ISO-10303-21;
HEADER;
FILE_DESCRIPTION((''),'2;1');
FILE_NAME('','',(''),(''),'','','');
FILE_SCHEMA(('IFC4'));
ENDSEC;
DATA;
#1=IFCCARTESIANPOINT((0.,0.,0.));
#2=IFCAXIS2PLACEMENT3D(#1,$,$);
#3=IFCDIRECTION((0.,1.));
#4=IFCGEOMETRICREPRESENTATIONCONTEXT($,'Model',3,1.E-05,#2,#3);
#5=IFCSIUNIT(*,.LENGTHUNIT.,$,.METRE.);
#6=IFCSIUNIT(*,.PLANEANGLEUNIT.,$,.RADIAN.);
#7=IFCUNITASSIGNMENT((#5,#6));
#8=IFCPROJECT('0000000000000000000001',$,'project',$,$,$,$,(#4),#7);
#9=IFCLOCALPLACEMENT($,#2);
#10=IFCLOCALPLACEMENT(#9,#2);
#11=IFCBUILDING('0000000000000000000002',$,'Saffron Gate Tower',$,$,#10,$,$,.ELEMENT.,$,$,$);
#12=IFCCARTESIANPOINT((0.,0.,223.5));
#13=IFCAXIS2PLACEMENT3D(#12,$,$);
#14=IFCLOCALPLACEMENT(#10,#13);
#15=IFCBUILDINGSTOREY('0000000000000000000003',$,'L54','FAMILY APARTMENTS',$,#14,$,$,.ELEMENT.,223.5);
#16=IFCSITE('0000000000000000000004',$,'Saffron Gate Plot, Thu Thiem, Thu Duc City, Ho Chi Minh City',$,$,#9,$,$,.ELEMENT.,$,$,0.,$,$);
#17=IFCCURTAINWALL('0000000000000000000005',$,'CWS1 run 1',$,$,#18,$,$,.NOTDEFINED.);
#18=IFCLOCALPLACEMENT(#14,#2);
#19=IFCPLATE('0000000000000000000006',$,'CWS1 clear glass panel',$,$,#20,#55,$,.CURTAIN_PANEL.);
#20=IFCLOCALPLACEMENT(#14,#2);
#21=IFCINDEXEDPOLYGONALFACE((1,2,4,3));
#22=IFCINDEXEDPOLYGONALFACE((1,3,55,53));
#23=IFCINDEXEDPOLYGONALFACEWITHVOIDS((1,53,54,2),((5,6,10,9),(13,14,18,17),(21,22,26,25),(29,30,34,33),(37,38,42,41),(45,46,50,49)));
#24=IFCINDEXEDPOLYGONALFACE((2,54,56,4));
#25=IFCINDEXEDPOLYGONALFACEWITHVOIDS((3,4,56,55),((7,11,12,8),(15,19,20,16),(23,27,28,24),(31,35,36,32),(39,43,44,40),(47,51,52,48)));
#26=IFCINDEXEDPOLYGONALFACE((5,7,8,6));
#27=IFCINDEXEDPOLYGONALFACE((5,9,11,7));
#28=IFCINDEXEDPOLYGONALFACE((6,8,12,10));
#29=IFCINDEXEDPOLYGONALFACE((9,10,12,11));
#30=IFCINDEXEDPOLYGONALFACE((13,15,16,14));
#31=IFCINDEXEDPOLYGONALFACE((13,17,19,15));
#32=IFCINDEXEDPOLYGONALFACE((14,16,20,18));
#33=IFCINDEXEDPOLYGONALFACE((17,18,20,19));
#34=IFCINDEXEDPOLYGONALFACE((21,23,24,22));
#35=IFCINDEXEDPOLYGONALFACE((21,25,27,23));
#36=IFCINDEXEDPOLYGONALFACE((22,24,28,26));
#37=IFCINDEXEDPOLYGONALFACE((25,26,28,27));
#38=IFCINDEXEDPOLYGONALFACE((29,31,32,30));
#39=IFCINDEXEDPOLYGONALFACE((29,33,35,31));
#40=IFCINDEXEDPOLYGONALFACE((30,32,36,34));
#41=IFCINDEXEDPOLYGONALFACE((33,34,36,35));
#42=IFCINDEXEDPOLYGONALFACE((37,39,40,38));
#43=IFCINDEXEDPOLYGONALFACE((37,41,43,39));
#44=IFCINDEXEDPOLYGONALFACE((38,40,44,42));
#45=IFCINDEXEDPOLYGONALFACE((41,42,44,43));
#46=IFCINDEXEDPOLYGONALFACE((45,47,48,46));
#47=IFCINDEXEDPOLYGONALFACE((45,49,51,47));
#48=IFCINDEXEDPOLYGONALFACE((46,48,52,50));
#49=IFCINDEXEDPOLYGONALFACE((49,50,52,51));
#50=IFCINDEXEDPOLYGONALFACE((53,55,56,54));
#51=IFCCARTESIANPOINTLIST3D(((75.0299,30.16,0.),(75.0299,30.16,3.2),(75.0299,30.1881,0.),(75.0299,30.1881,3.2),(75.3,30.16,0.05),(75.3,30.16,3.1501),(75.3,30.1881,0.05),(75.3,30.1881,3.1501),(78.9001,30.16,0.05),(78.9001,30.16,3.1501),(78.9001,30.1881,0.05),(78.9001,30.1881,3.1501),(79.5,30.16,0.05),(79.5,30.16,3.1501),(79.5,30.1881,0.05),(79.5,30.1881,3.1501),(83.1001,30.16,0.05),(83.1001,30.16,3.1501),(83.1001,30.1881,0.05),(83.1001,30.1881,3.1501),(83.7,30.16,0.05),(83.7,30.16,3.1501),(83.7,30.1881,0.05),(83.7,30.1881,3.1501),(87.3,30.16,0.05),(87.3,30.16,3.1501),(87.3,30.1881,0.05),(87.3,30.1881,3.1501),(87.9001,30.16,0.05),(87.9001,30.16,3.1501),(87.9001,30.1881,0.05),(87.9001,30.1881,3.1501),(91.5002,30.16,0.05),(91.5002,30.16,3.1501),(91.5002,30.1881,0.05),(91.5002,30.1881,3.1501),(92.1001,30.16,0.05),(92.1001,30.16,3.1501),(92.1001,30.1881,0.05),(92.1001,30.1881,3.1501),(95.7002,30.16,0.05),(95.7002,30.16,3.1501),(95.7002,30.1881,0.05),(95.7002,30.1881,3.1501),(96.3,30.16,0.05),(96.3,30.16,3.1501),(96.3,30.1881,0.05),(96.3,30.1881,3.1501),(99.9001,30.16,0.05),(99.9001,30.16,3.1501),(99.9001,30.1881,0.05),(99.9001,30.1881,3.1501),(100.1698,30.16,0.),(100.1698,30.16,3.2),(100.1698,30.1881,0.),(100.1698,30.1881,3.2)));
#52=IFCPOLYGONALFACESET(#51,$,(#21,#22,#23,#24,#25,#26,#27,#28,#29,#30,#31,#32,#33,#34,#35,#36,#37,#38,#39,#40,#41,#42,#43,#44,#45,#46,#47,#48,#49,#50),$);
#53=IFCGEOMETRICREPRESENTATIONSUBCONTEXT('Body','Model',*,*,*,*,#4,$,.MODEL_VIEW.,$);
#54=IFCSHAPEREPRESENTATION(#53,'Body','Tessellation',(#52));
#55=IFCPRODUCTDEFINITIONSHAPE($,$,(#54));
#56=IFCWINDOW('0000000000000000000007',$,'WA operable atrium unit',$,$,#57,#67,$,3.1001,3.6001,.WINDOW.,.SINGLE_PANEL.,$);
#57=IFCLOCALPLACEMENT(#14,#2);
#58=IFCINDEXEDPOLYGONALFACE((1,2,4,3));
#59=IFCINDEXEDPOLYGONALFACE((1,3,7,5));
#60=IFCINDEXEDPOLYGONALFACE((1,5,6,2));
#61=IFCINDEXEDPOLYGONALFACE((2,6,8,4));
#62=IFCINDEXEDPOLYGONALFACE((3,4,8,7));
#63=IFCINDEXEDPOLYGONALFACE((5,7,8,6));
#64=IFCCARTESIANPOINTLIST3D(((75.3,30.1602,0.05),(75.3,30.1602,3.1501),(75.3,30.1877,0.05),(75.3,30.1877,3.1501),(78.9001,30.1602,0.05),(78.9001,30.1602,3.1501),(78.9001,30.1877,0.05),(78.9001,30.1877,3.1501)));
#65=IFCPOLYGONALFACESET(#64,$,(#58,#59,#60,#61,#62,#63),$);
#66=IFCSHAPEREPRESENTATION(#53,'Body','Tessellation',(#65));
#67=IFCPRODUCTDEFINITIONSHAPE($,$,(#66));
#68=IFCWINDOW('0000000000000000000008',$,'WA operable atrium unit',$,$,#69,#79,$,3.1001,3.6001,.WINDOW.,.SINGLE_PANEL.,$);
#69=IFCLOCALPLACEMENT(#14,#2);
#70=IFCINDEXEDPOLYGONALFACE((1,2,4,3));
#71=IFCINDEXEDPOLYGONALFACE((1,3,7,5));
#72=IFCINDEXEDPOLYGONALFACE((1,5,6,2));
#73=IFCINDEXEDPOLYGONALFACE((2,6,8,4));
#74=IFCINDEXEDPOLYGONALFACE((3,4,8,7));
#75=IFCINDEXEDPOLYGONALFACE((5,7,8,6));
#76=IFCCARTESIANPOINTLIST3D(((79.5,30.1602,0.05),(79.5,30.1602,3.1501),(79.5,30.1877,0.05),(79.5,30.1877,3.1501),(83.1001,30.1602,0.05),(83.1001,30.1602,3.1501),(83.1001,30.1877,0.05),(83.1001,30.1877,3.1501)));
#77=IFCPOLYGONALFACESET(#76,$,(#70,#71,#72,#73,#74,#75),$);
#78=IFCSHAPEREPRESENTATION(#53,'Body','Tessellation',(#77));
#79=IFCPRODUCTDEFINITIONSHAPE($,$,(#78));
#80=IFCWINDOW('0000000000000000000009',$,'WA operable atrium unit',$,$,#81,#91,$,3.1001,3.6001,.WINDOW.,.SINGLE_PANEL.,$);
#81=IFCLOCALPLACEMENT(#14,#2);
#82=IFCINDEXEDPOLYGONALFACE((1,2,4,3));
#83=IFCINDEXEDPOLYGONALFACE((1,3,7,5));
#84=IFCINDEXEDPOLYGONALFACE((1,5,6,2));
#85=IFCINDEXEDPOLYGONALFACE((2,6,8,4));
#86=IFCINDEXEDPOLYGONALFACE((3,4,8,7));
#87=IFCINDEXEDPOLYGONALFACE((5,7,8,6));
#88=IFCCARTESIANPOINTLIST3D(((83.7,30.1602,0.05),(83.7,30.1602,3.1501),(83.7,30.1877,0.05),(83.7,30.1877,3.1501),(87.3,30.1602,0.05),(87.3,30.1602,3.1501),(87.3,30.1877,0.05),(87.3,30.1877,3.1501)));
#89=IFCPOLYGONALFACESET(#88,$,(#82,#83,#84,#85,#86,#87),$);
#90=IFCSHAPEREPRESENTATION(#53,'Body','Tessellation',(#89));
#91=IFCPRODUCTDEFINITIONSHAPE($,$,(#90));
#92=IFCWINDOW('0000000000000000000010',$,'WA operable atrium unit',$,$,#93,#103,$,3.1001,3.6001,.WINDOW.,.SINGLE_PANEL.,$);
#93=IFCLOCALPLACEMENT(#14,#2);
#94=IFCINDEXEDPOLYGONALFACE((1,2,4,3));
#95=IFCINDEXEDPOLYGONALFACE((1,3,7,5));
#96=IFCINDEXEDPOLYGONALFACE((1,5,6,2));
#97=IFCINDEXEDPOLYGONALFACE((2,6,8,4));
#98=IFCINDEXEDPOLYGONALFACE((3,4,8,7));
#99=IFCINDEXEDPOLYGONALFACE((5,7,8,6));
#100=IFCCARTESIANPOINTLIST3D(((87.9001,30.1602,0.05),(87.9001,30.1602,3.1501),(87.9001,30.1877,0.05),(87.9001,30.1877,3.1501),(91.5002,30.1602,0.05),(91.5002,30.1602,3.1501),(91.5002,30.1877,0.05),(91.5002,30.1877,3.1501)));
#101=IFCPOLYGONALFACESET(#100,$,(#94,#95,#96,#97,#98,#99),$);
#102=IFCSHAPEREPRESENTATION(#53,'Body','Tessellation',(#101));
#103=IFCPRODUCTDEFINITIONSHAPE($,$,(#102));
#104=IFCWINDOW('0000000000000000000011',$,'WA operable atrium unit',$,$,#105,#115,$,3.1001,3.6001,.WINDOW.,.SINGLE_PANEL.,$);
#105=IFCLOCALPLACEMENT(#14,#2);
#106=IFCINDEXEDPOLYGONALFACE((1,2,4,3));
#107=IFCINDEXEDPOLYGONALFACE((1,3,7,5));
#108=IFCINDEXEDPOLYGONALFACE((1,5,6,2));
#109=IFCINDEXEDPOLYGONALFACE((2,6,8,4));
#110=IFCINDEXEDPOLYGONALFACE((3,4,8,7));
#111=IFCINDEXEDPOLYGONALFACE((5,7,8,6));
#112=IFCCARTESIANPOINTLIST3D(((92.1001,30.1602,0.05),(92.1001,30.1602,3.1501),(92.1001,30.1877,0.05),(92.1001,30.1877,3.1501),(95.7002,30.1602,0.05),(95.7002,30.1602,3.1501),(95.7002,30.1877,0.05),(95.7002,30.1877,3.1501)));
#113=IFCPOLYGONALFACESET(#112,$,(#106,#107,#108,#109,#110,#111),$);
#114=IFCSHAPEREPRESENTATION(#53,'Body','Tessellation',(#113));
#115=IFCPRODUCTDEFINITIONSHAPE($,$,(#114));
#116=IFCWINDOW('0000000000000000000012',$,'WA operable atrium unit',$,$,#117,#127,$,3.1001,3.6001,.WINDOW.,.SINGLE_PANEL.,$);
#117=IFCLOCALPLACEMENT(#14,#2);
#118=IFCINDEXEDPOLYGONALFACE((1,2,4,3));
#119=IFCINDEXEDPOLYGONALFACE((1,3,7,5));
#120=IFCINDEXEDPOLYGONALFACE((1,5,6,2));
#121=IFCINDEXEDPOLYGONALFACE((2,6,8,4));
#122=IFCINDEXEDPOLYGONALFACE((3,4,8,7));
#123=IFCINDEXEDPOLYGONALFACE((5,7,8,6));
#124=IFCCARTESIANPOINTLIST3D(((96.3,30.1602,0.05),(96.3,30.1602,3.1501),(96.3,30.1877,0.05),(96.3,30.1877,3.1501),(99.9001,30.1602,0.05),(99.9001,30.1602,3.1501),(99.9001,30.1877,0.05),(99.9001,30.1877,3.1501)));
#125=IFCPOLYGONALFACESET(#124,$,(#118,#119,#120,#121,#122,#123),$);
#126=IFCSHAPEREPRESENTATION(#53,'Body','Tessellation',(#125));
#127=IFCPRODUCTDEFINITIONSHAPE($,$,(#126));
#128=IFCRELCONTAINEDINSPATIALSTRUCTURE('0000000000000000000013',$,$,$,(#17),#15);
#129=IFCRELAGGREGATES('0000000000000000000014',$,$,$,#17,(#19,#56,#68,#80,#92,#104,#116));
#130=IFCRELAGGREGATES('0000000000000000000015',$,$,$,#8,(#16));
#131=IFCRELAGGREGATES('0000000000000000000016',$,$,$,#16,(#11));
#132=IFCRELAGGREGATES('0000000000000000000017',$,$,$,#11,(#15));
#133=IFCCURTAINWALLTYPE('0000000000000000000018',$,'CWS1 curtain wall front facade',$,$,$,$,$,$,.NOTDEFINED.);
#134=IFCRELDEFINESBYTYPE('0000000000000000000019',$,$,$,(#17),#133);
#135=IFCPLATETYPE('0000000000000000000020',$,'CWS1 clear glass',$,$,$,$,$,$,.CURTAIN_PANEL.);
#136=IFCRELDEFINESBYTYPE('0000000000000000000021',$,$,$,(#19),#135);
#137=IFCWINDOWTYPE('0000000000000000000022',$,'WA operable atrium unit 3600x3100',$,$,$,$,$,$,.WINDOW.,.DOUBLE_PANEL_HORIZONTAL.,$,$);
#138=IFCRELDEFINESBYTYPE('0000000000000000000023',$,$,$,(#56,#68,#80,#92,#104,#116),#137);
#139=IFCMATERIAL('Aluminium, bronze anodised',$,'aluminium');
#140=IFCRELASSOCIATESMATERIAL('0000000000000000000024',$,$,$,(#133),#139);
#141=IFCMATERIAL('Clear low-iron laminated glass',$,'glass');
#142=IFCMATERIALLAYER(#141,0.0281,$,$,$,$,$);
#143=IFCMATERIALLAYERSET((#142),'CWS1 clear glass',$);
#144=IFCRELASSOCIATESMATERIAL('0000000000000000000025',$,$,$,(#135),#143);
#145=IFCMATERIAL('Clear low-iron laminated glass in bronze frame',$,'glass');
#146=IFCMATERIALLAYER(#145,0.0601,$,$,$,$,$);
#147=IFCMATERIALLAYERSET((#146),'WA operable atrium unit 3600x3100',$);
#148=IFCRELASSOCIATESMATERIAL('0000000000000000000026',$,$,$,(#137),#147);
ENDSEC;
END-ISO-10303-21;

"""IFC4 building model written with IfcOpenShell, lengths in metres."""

from ifc_helpers import new_model, si_unit, direction, frame, frame_2d, origin, place, context, subcontext, project, spatial, rectangle, extrude, material, layer, layer_set, type_object, element, fill, aggregate, save


model = new_model("IFC4")

# Units and contexts
model_context = context("Model", 3, precision=1e-05, world=origin(), true_north=direction((0.0, 1.0)))
body_context = subcontext(model_context, "Body", "Model", "MODEL_VIEW")
ifc_project = project(units=[si_unit("LENGTHUNIT", "METRE"), si_unit("PLANEANGLEUNIT", "RADIAN")], contexts=[model_context])

# Site, building, storey
site_placement = place(None, origin())
site = spatial("IfcSite", under=ifc_project, at=site_placement, Name="Saffron Gate Plot, Thu Thiem, Thu Duc City, Ho Chi Minh City", CompositionType="ELEMENT", RefElevation=0.0)
building_placement = place(site_placement, origin())
building = spatial("IfcBuilding", under=site, at=building_placement, Name="Saffron Gate Tower", CompositionType="ELEMENT")
storey_placement = place(building_placement, frame((0.0, 0.0, 223.5)))
storey = spatial("IfcBuildingStorey", under=building, at=storey_placement, Name="L54", Description="FAMILY APARTMENTS", CompositionType="ELEMENT", Elevation=223.5)

# Curtain wall, plate, openings, windows
ifc_material_1 = material(Name="Aluminium, bronze anodised", Category="aluminium")
curtain_wall_type = type_object("IfcCurtainWallType", Name="CWS1 curtain wall front facade", PredefinedType="NOTDEFINED", material=ifc_material_1)
curtain_wall_placement = place(storey_placement, origin())
curtain_wall = element("IfcCurtainWall", 1, at=curtain_wall_placement, inside=storey, type_object=curtain_wall_type, Name="CWS1 run 1", PredefinedType="NOTDEFINED")
ifc_material_2 = material(Name="Clear low-iron laminated glass", Category="glass")
ifc_layer_1 = layer(ifc_material_2, 0.0281)
ifc_layer_set_1 = layer_set([ifc_layer_1], Name="CWS1 clear glass")
plate_type = type_object("IfcPlateType", Name="CWS1 clear glass", PredefinedType="CURTAIN_PANEL", material=ifc_layer_set_1)
plate_placement = place(storey_placement, frame((75.03, 30.1741, 0.0), z_axis=(0.0, 0.0, 1.0), x_axis=(1.0, 0.0, 0.0)))
plate = element("IfcPlate", 2, at=plate_placement, type_object=plate_type, Name="CWS1 clear glass panel", PredefinedType="CURTAIN_PANEL", context=body_context, shape_type="SweptSolid", body=[
    extrude(rectangle(XDim=25.1399, YDim=0.0281, at=frame_2d((12.5698, 0.0))), origin(), (0.0, 0.0, 1.0), 3.2),
])
opening_1_placement = place(plate_placement, frame((0.27, 0.0, 0.05)))
opening_1 = element("IfcOpeningElement", 3, at=opening_1_placement, cuts=plate, PredefinedType="OPENING", context=body_context, shape_type="SweptSolid", body=[
    extrude(rectangle(XDim=3.6001, YDim=3.1001, at=frame_2d((1.8, 1.55))), frame((0.0, 0.0239, 0.0), z_axis=(0.0, -1.0, 0.0), x_axis=(1.0, 0.0, 0.0)), (0.0, 0.0, 1.0), 0.0481),
])
opening_2_placement = place(plate_placement, frame((4.47, 0.0, 0.05)))
opening_2 = element("IfcOpeningElement", 4, at=opening_2_placement, cuts=plate, PredefinedType="OPENING", context=body_context, shape_type="SweptSolid", body=[
    extrude(rectangle(XDim=3.6001, YDim=3.1001, at=frame_2d((1.8, 1.55))), frame((0.0, 0.0239, 0.0), z_axis=(0.0, -1.0, 0.0), x_axis=(1.0, 0.0, 0.0)), (0.0, 0.0, 1.0), 0.0481),
])
opening_3_placement = place(plate_placement, frame((8.6699, 0.0, 0.05)))
opening_3 = element("IfcOpeningElement", 5, at=opening_3_placement, cuts=plate, PredefinedType="OPENING", context=body_context, shape_type="SweptSolid", body=[
    extrude(rectangle(XDim=3.6001, YDim=3.1001, at=frame_2d((1.8, 1.55))), frame((0.0, 0.0239, 0.0), z_axis=(0.0, -1.0, 0.0), x_axis=(1.0, 0.0, 0.0)), (0.0, 0.0, 1.0), 0.0481),
])
opening_4_placement = place(plate_placement, frame((12.8701, 0.0, 0.05)))
opening_4 = element("IfcOpeningElement", 6, at=opening_4_placement, cuts=plate, PredefinedType="OPENING", context=body_context, shape_type="SweptSolid", body=[
    extrude(rectangle(XDim=3.6001, YDim=3.1001, at=frame_2d((1.8, 1.55))), frame((0.0, 0.0239, 0.0), z_axis=(0.0, -1.0, 0.0), x_axis=(1.0, 0.0, 0.0)), (0.0, 0.0, 1.0), 0.0481),
])
opening_5_placement = place(plate_placement, frame((17.0701, 0.0, 0.05)))
opening_5 = element("IfcOpeningElement", 7, at=opening_5_placement, cuts=plate, PredefinedType="OPENING", context=body_context, shape_type="SweptSolid", body=[
    extrude(rectangle(XDim=3.6001, YDim=3.1001, at=frame_2d((1.8, 1.55))), frame((0.0, 0.0239, 0.0), z_axis=(0.0, -1.0, 0.0), x_axis=(1.0, 0.0, 0.0)), (0.0, 0.0, 1.0), 0.0481),
])
opening_6_placement = place(plate_placement, frame((21.27, 0.0, 0.05)))
opening_6 = element("IfcOpeningElement", 8, at=opening_6_placement, cuts=plate, PredefinedType="OPENING", context=body_context, shape_type="SweptSolid", body=[
    extrude(rectangle(XDim=3.6001, YDim=3.1001, at=frame_2d((1.8, 1.55))), frame((0.0, 0.0239, 0.0), z_axis=(0.0, -1.0, 0.0), x_axis=(1.0, 0.0, 0.0)), (0.0, 0.0, 1.0), 0.0481),
])
ifc_material_3 = material(Name="Clear low-iron laminated glass in bronze frame", Category="glass")
ifc_layer_2 = layer(ifc_material_3, 0.0601)
ifc_layer_set_2 = layer_set([ifc_layer_2], Name="WA operable atrium unit 3600x3100")
window_type = type_object("IfcWindowType", Name="WA operable atrium unit 3600x3100", PartitioningType="DOUBLE_PANEL_HORIZONTAL", PredefinedType="WINDOW", material=ifc_layer_set_2)
window_1_placement = place(opening_1_placement, origin())
window_1 = element("IfcWindow", 9, at=window_1_placement, type_object=window_type, Name="WA operable atrium unit", OverallHeight=3.1001, OverallWidth=3.6001, PartitioningType="SINGLE_PANEL", PredefinedType="WINDOW", context=body_context, shape_type="SweptSolid", body=[
    extrude(rectangle(XDim=3.6001, YDim=3.1001, at=frame_2d((1.8, 1.55))), frame((0.0, 0.0137, 0.0), z_axis=(0.0, -1.0, 0.0), x_axis=(1.0, 0.0, 0.0)), (0.0, 0.0, 1.0), 0.0276),
])
fill(opening_1, window_1)
window_2_placement = place(opening_2_placement, origin())
window_2 = element("IfcWindow", 10, at=window_2_placement, type_object=window_type, Name="WA operable atrium unit", OverallHeight=3.1001, OverallWidth=3.6001, PartitioningType="SINGLE_PANEL", PredefinedType="WINDOW", context=body_context, shape_type="SweptSolid", body=[
    extrude(rectangle(XDim=3.6001, YDim=3.1001, at=frame_2d((1.8, 1.55))), frame((0.0, 0.0137, 0.0), z_axis=(0.0, -1.0, 0.0), x_axis=(1.0, 0.0, 0.0)), (0.0, 0.0, 1.0), 0.0276),
])
fill(opening_2, window_2)
window_3_placement = place(opening_3_placement, origin())
window_3 = element("IfcWindow", 11, at=window_3_placement, type_object=window_type, Name="WA operable atrium unit", OverallHeight=3.1001, OverallWidth=3.6001, PartitioningType="SINGLE_PANEL", PredefinedType="WINDOW", context=body_context, shape_type="SweptSolid", body=[
    extrude(rectangle(XDim=3.6001, YDim=3.1001, at=frame_2d((1.8, 1.55))), frame((0.0, 0.0137, 0.0), z_axis=(0.0, -1.0, 0.0), x_axis=(1.0, 0.0, 0.0)), (0.0, 0.0, 1.0), 0.0276),
])
fill(opening_3, window_3)
window_4_placement = place(opening_4_placement, origin())
window_4 = element("IfcWindow", 12, at=window_4_placement, type_object=window_type, Name="WA operable atrium unit", OverallHeight=3.1001, OverallWidth=3.6001, PartitioningType="SINGLE_PANEL", PredefinedType="WINDOW", context=body_context, shape_type="SweptSolid", body=[
    extrude(rectangle(XDim=3.6001, YDim=3.1001, at=frame_2d((1.8, 1.55))), frame((0.0, 0.0137, 0.0), z_axis=(0.0, -1.0, 0.0), x_axis=(1.0, 0.0, 0.0)), (0.0, 0.0, 1.0), 0.0276),
])
fill(opening_4, window_4)
window_5_placement = place(opening_5_placement, origin())
window_5 = element("IfcWindow", 13, at=window_5_placement, type_object=window_type, Name="WA operable atrium unit", OverallHeight=3.1001, OverallWidth=3.6001, PartitioningType="SINGLE_PANEL", PredefinedType="WINDOW", context=body_context, shape_type="SweptSolid", body=[
    extrude(rectangle(XDim=3.6001, YDim=3.1001, at=frame_2d((1.8, 1.55))), frame((0.0, 0.0137, 0.0), z_axis=(0.0, -1.0, 0.0), x_axis=(1.0, 0.0, 0.0)), (0.0, 0.0, 1.0), 0.0276),
])
fill(opening_5, window_5)
window_6_placement = place(opening_6_placement, origin())
window_6 = element("IfcWindow", 14, at=window_6_placement, type_object=window_type, Name="WA operable atrium unit", OverallHeight=3.1001, OverallWidth=3.6001, PartitioningType="SINGLE_PANEL", PredefinedType="WINDOW", context=body_context, shape_type="SweptSolid", body=[
    extrude(rectangle(XDim=3.6001, YDim=3.1001, at=frame_2d((1.8, 1.55))), frame((0.0, 0.0137, 0.0), z_axis=(0.0, -1.0, 0.0), x_axis=(1.0, 0.0, 0.0)), (0.0, 0.0, 1.0), 0.0276),
])
fill(opening_6, window_6)
aggregate(curtain_wall, [plate, window_1, window_2, window_3, window_4, window_5, window_6])

save(model, "model.ifc")
